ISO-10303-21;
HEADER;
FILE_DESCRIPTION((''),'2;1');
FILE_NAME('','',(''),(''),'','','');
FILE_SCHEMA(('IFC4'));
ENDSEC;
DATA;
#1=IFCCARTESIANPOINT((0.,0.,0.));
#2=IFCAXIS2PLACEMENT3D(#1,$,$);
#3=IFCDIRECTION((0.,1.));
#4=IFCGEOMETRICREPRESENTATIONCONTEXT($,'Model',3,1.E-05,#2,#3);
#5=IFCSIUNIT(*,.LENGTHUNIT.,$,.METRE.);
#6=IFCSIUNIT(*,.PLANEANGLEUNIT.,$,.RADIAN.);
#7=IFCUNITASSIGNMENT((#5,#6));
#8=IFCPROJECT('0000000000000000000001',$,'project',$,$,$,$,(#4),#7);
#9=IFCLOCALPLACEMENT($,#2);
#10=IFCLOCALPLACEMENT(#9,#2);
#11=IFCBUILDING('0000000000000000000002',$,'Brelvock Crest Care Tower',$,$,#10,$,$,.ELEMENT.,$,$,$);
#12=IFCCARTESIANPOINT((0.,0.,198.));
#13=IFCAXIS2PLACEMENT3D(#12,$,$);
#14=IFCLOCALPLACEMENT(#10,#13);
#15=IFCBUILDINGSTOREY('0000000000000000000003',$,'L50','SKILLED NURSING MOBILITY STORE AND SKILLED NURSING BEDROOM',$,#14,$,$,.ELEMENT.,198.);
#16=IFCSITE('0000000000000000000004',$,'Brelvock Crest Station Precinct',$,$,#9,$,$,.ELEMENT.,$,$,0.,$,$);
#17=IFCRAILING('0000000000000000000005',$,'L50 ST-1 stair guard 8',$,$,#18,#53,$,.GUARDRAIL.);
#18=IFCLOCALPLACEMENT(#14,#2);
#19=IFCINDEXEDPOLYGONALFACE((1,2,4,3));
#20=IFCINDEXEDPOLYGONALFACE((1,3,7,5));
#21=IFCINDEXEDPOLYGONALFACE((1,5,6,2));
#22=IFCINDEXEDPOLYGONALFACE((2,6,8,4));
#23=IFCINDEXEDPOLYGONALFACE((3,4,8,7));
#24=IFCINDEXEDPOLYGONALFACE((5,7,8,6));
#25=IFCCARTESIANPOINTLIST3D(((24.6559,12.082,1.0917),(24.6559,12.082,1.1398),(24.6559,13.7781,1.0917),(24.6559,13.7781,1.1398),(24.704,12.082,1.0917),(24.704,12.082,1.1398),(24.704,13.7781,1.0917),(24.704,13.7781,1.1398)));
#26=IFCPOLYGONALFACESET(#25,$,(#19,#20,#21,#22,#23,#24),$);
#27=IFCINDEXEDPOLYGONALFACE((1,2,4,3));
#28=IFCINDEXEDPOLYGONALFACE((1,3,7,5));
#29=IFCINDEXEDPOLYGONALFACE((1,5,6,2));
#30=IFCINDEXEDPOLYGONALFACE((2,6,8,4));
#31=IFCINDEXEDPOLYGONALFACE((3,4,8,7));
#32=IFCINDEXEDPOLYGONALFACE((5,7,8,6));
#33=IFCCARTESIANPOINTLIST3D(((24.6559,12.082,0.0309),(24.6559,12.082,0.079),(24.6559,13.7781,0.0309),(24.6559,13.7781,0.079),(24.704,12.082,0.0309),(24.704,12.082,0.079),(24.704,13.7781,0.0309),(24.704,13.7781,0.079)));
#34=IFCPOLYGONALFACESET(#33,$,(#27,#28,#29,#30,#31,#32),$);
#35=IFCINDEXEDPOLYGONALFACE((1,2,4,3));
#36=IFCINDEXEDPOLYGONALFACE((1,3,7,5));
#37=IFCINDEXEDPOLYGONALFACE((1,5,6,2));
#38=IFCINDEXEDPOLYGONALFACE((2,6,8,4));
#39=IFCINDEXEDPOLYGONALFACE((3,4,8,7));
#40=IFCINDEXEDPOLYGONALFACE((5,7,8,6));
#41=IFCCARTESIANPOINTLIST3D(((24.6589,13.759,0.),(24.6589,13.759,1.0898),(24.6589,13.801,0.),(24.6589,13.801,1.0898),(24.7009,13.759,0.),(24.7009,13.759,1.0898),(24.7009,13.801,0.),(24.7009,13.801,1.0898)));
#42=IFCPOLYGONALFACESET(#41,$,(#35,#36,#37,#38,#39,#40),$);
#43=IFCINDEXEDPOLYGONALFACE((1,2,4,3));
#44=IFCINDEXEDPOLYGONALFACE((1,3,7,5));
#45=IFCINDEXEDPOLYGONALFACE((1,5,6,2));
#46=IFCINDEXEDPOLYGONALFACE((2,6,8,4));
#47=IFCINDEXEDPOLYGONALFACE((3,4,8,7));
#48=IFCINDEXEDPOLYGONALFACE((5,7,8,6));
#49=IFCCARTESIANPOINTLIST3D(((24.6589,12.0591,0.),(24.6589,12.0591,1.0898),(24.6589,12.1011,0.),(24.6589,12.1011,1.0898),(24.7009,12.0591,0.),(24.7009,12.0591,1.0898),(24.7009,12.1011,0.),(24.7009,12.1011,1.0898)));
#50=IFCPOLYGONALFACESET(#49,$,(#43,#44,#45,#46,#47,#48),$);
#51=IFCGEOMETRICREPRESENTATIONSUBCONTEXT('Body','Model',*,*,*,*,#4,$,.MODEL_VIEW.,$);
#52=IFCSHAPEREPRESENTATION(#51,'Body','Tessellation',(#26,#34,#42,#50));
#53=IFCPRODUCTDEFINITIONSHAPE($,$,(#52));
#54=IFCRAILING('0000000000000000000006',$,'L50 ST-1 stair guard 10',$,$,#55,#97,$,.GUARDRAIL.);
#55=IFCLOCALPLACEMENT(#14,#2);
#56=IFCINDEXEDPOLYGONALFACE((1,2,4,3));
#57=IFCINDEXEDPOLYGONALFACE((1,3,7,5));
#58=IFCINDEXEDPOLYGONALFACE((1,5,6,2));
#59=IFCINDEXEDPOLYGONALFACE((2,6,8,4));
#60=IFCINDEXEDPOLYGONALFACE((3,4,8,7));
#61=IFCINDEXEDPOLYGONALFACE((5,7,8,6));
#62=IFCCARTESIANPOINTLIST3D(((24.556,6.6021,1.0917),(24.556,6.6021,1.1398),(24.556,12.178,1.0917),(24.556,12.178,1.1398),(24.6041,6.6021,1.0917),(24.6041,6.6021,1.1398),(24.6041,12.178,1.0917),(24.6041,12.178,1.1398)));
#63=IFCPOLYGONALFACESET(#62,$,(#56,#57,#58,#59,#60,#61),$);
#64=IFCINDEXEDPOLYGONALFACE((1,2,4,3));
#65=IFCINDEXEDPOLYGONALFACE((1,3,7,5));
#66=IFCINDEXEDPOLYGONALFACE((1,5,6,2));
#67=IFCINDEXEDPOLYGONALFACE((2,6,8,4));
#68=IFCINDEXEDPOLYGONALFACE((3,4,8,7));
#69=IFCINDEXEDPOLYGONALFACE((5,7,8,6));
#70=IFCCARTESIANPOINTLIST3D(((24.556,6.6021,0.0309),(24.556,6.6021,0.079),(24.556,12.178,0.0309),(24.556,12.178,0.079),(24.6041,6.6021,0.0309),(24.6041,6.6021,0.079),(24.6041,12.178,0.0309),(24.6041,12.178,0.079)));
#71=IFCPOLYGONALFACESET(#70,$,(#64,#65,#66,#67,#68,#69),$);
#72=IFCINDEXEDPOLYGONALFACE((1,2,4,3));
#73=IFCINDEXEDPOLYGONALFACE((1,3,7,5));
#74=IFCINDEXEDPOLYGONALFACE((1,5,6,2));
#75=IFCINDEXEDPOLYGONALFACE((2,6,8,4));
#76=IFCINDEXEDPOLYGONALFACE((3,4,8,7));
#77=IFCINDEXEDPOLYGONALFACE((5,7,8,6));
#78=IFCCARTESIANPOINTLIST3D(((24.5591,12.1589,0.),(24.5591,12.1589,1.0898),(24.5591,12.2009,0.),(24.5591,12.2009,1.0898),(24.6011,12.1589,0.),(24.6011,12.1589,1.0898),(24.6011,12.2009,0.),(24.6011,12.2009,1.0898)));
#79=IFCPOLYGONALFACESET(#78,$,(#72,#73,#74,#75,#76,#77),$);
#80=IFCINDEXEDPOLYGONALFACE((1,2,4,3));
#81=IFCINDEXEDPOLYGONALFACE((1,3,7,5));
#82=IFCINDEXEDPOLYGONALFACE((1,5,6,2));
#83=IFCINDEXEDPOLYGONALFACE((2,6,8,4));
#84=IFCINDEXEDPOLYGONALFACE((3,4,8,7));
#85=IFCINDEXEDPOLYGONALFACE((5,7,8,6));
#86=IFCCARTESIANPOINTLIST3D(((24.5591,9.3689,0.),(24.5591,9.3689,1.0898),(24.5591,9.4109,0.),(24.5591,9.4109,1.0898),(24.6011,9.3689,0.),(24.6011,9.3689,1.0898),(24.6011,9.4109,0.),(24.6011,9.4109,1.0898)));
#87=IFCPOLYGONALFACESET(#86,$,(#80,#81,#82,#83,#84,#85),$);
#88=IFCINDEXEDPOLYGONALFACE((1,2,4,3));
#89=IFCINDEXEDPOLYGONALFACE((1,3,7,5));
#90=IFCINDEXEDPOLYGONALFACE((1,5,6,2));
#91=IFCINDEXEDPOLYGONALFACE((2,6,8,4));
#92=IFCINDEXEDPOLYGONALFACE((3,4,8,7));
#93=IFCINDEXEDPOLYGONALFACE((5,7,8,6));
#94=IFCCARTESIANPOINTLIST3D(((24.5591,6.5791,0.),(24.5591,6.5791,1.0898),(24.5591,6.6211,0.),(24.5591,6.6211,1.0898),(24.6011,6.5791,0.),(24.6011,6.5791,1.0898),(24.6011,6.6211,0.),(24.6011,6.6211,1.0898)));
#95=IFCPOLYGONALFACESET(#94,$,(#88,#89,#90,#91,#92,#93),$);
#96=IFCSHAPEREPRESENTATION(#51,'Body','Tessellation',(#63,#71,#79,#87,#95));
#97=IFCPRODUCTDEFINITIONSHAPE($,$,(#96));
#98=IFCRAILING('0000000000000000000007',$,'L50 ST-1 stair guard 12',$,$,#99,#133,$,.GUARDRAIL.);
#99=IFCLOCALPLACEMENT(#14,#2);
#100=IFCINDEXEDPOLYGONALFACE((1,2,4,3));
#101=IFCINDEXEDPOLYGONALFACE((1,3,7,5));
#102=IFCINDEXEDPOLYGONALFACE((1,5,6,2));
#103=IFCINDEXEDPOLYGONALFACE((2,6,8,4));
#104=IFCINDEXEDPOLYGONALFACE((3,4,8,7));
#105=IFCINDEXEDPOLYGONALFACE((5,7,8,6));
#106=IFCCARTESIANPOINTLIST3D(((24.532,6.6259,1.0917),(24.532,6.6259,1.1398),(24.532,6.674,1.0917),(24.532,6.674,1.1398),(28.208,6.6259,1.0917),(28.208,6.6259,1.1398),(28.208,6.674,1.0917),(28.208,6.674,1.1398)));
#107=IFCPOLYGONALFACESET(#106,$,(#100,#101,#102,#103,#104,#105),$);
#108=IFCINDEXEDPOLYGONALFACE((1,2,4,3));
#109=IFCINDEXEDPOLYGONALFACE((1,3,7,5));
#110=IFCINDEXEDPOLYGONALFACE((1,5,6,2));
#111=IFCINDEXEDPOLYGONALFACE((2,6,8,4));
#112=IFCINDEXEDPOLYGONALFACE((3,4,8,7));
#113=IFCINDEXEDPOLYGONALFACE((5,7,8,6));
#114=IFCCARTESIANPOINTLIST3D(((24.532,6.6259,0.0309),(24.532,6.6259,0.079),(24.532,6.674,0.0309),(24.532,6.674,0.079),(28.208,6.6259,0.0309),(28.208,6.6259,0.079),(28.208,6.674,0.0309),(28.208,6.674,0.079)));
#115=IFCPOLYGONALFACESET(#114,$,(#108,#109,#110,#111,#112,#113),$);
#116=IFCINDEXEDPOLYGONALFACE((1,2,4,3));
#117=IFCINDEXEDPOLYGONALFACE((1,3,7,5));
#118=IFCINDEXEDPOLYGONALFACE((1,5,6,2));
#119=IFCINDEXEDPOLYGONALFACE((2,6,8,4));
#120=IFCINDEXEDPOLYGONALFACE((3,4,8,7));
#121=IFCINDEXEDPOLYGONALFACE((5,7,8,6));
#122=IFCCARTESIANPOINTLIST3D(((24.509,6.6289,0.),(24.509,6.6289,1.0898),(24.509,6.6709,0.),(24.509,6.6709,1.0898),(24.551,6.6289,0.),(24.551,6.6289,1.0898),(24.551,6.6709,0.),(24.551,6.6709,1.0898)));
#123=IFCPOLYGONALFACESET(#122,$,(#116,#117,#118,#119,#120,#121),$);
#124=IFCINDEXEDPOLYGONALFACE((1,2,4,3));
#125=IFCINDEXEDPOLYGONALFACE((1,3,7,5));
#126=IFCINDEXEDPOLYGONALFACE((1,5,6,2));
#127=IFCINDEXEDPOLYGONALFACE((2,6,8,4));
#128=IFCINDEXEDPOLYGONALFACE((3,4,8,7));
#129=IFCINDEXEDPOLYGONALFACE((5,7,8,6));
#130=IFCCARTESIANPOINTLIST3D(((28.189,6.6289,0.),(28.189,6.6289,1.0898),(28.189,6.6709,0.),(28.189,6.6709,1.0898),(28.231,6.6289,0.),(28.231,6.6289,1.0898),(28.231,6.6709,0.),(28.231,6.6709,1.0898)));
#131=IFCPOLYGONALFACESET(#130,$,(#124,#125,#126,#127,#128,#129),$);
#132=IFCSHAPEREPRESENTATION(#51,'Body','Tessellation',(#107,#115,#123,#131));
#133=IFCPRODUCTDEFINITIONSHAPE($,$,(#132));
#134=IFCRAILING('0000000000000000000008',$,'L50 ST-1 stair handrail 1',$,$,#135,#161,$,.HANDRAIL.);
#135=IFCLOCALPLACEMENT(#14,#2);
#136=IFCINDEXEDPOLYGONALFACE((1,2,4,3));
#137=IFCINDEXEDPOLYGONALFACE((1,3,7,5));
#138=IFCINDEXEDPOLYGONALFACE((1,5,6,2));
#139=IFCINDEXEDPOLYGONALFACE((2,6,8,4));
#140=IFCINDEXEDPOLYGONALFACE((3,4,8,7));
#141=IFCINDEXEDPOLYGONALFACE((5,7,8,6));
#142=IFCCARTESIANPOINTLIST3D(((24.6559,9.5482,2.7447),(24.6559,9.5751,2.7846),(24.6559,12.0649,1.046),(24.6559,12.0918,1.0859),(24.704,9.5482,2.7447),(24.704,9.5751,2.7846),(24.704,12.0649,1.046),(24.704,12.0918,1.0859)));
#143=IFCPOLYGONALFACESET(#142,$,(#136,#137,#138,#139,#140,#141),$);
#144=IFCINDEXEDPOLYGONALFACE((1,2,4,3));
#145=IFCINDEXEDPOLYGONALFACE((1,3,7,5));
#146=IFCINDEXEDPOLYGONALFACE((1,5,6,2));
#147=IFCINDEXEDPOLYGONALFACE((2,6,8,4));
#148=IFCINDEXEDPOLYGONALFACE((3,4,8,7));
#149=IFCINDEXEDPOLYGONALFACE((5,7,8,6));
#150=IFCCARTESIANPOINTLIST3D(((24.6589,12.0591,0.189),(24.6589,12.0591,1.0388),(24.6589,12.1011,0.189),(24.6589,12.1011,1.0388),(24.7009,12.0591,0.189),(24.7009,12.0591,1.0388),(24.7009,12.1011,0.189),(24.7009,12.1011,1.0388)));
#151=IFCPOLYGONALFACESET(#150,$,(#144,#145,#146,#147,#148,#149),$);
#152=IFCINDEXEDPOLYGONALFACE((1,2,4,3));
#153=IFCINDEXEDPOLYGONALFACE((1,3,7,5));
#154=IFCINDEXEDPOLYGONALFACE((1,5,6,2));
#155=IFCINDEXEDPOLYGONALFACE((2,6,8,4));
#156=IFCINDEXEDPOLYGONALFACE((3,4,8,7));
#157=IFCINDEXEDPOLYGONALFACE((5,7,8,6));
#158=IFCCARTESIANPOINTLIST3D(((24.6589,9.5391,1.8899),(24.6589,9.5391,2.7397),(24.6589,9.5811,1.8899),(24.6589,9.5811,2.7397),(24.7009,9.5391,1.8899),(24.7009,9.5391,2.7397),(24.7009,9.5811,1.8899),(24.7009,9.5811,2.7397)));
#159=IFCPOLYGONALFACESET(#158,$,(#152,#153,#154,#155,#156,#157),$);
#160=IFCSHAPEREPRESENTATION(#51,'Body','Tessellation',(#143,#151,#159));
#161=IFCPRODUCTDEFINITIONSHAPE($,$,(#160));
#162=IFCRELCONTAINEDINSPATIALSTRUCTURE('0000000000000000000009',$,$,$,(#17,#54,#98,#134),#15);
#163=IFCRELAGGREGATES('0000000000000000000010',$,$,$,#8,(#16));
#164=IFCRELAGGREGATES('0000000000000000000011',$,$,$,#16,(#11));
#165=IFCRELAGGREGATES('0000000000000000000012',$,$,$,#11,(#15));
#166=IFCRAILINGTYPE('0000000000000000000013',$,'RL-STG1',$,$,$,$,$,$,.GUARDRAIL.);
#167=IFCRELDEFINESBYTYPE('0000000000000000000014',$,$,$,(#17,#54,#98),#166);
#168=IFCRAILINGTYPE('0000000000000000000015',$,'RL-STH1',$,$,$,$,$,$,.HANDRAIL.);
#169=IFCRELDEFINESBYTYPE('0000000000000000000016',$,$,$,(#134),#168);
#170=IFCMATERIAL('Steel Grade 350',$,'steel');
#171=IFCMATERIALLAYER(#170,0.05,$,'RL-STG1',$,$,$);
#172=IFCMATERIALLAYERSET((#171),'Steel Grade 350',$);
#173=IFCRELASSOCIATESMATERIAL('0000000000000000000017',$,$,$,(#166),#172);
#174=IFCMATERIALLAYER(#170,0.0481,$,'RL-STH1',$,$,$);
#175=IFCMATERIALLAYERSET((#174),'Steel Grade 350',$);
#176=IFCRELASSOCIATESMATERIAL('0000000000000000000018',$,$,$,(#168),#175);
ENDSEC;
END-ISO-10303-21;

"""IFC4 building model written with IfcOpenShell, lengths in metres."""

from ifc_helpers import new_model, si_unit, direction, frame, origin, origin_2d, place, context, subcontext, project, spatial, rectangle, extrude, material, layer, layer_set, type_object, element, save


model = new_model("IFC4")

# Units and contexts
model_context = context("Model", 3, precision=1e-05, world=origin(), true_north=direction((0.0, 1.0)))
body_context = subcontext(model_context, "Body", "Model", "MODEL_VIEW")
ifc_project = project(units=[si_unit("LENGTHUNIT", "METRE"), si_unit("PLANEANGLEUNIT", "RADIAN")], contexts=[model_context])

# Site, building, storey
site_placement = place(None, origin())
site = spatial("IfcSite", under=ifc_project, at=site_placement, Name="Brelvock Crest Station Precinct", CompositionType="ELEMENT", RefElevation=0.0)
building_placement = place(site_placement, origin())
building = spatial("IfcBuilding", under=site, at=building_placement, Name="Brelvock Crest Care Tower", CompositionType="ELEMENT")
storey_placement = place(building_placement, frame((0.0, 0.0, 198.0)))
storey = spatial("IfcBuildingStorey", under=building, at=storey_placement, Name="L50", Description="SKILLED NURSING MOBILITY STORE AND SKILLED NURSING BEDROOM", CompositionType="ELEMENT", Elevation=198.0)

# Shared definitions
ifc_material_1 = material(Name="Steel Grade 350", Category="steel")

# Railings
ifc_layer_1 = layer(ifc_material_1, 0.05, Name="RL-STG1")
ifc_layer_set_1 = layer_set([ifc_layer_1], Name="Steel Grade 350")
railing_type_1 = type_object("IfcRailingType", Name="RL-STG1", PredefinedType="GUARDRAIL", material=ifc_layer_set_1)
railing_1_placement = place(storey_placement, frame((24.6799, 13.78, 0.0)))
element("IfcRailing", 1, at=railing_1_placement, inside=storey, type_object=railing_type_1, Name="L50 ST-1 stair guard 8", PredefinedType="GUARDRAIL", context=body_context, shape_type="SweptSolid", body=[
    extrude(rectangle(XDim=0.0481, YDim=0.0481, at=origin_2d()), frame((0.0, -0.002, 1.1157), z_axis=(0.0, -1.0, 0.0), x_axis=(1.0, 0.0, 0.0)), (0.0, 0.0, 1.0), 1.696),
    extrude(rectangle(XDim=0.0481, YDim=0.0481, at=origin_2d()), frame((0.0, -0.002, 0.0549), z_axis=(0.0, -1.0, 0.0), x_axis=(1.0, 0.0, 0.0)), (0.0, 0.0, 1.0), 1.696),
    extrude(rectangle(XDim=0.042, YDim=0.042, at=origin_2d()), origin(), (0.0, 0.0, 1.0), 1.0898),
    extrude(rectangle(XDim=0.042, YDim=0.042, at=origin_2d()), frame((0.0, -1.7, 0.0)), (0.0, 0.0, 1.0), 1.0898),
])
railing_2_placement = place(storey_placement, frame((24.5801, 12.1799, 0.0)))
element("IfcRailing", 2, at=railing_2_placement, inside=storey, type_object=railing_type_1, Name="L50 ST-1 stair guard 10", PredefinedType="GUARDRAIL", context=body_context, shape_type="SweptSolid", body=[
    extrude(rectangle(XDim=0.0481, YDim=0.0481, at=origin_2d()), frame((0.0, -0.002, 1.1157), z_axis=(0.0, -1.0, 0.0), x_axis=(1.0, 0.0, 0.0)), (0.0, 0.0, 1.0), 5.5759),
    extrude(rectangle(XDim=0.0481, YDim=0.0481, at=origin_2d()), frame((0.0, -0.002, 0.0549), z_axis=(0.0, -1.0, 0.0), x_axis=(1.0, 0.0, 0.0)), (0.0, 0.0, 1.0), 5.5759),
    extrude(rectangle(XDim=0.042, YDim=0.042, at=origin_2d()), origin(), (0.0, 0.0, 1.0), 1.0898),
    extrude(rectangle(XDim=0.042, YDim=0.042, at=origin_2d()), frame((0.0, -2.79, 0.0)), (0.0, 0.0, 1.0), 1.0898),
    extrude(rectangle(XDim=0.042, YDim=0.042, at=origin_2d()), frame((0.0, -5.5798, 0.0)), (0.0, 0.0, 1.0), 1.0898),
])
railing_3_placement = place(storey_placement, frame((24.53, 6.6499, 0.0)))
element("IfcRailing", 3, at=railing_3_placement, inside=storey, type_object=railing_type_1, Name="L50 ST-1 stair guard 12", PredefinedType="GUARDRAIL", context=body_context, shape_type="SweptSolid", body=[
    extrude(rectangle(XDim=0.0481, YDim=0.0481, at=origin_2d()), frame((0.002, 0.0, 1.1157), z_axis=(1.0, 0.0, 0.0), x_axis=(0.0, 1.0, 0.0)), (0.0, 0.0, 1.0), 3.676),
    extrude(rectangle(XDim=0.0481, YDim=0.0481, at=origin_2d()), frame((0.002, 0.0, 0.0549), z_axis=(1.0, 0.0, 0.0), x_axis=(0.0, 1.0, 0.0)), (0.0, 0.0, 1.0), 3.676),
    extrude(rectangle(XDim=0.042, YDim=0.042, at=origin_2d()), origin(), (0.0, 0.0, 1.0), 1.0898),
    extrude(rectangle(XDim=0.042, YDim=0.042, at=origin_2d()), frame((3.6799, 0.0, 0.0)), (0.0, 0.0, 1.0), 1.0898),
])
ifc_layer_2 = layer(ifc_material_1, 0.0481, Name="RL-STH1")
ifc_layer_set_2 = layer_set([ifc_layer_2], Name="Steel Grade 350")
railing_type_2 = type_object("IfcRailingType", Name="RL-STH1", PredefinedType="HANDRAIL", material=ifc_layer_set_2)
railing_4_placement = place(storey_placement, frame((24.6799, 12.0801, 0.189)))
element("IfcRailing", 4, at=railing_4_placement, inside=storey, type_object=railing_type_2, Name="L50 ST-1 stair handrail 1", PredefinedType="HANDRAIL", context=body_context, shape_type="SweptSolid", body=[
    extrude(rectangle(XDim=0.0481, YDim=0.0481, at=origin_2d()), frame((0.0, -0.0017, 0.877), z_axis=(0.0, -0.828862, 0.559454), x_axis=(1.0, 0.0, 0.0)), (0.0, 0.0, 1.0), 3.0364),
    extrude(rectangle(XDim=0.042, YDim=0.042, at=origin_2d()), origin(), (0.0, 0.0, 1.0), 0.8499),
    extrude(rectangle(XDim=0.042, YDim=0.042, at=origin_2d()), frame((0.0, -2.52, 1.7009)), (0.0, 0.0, 1.0), 0.8499),
])

save(model, "model.ifc")
